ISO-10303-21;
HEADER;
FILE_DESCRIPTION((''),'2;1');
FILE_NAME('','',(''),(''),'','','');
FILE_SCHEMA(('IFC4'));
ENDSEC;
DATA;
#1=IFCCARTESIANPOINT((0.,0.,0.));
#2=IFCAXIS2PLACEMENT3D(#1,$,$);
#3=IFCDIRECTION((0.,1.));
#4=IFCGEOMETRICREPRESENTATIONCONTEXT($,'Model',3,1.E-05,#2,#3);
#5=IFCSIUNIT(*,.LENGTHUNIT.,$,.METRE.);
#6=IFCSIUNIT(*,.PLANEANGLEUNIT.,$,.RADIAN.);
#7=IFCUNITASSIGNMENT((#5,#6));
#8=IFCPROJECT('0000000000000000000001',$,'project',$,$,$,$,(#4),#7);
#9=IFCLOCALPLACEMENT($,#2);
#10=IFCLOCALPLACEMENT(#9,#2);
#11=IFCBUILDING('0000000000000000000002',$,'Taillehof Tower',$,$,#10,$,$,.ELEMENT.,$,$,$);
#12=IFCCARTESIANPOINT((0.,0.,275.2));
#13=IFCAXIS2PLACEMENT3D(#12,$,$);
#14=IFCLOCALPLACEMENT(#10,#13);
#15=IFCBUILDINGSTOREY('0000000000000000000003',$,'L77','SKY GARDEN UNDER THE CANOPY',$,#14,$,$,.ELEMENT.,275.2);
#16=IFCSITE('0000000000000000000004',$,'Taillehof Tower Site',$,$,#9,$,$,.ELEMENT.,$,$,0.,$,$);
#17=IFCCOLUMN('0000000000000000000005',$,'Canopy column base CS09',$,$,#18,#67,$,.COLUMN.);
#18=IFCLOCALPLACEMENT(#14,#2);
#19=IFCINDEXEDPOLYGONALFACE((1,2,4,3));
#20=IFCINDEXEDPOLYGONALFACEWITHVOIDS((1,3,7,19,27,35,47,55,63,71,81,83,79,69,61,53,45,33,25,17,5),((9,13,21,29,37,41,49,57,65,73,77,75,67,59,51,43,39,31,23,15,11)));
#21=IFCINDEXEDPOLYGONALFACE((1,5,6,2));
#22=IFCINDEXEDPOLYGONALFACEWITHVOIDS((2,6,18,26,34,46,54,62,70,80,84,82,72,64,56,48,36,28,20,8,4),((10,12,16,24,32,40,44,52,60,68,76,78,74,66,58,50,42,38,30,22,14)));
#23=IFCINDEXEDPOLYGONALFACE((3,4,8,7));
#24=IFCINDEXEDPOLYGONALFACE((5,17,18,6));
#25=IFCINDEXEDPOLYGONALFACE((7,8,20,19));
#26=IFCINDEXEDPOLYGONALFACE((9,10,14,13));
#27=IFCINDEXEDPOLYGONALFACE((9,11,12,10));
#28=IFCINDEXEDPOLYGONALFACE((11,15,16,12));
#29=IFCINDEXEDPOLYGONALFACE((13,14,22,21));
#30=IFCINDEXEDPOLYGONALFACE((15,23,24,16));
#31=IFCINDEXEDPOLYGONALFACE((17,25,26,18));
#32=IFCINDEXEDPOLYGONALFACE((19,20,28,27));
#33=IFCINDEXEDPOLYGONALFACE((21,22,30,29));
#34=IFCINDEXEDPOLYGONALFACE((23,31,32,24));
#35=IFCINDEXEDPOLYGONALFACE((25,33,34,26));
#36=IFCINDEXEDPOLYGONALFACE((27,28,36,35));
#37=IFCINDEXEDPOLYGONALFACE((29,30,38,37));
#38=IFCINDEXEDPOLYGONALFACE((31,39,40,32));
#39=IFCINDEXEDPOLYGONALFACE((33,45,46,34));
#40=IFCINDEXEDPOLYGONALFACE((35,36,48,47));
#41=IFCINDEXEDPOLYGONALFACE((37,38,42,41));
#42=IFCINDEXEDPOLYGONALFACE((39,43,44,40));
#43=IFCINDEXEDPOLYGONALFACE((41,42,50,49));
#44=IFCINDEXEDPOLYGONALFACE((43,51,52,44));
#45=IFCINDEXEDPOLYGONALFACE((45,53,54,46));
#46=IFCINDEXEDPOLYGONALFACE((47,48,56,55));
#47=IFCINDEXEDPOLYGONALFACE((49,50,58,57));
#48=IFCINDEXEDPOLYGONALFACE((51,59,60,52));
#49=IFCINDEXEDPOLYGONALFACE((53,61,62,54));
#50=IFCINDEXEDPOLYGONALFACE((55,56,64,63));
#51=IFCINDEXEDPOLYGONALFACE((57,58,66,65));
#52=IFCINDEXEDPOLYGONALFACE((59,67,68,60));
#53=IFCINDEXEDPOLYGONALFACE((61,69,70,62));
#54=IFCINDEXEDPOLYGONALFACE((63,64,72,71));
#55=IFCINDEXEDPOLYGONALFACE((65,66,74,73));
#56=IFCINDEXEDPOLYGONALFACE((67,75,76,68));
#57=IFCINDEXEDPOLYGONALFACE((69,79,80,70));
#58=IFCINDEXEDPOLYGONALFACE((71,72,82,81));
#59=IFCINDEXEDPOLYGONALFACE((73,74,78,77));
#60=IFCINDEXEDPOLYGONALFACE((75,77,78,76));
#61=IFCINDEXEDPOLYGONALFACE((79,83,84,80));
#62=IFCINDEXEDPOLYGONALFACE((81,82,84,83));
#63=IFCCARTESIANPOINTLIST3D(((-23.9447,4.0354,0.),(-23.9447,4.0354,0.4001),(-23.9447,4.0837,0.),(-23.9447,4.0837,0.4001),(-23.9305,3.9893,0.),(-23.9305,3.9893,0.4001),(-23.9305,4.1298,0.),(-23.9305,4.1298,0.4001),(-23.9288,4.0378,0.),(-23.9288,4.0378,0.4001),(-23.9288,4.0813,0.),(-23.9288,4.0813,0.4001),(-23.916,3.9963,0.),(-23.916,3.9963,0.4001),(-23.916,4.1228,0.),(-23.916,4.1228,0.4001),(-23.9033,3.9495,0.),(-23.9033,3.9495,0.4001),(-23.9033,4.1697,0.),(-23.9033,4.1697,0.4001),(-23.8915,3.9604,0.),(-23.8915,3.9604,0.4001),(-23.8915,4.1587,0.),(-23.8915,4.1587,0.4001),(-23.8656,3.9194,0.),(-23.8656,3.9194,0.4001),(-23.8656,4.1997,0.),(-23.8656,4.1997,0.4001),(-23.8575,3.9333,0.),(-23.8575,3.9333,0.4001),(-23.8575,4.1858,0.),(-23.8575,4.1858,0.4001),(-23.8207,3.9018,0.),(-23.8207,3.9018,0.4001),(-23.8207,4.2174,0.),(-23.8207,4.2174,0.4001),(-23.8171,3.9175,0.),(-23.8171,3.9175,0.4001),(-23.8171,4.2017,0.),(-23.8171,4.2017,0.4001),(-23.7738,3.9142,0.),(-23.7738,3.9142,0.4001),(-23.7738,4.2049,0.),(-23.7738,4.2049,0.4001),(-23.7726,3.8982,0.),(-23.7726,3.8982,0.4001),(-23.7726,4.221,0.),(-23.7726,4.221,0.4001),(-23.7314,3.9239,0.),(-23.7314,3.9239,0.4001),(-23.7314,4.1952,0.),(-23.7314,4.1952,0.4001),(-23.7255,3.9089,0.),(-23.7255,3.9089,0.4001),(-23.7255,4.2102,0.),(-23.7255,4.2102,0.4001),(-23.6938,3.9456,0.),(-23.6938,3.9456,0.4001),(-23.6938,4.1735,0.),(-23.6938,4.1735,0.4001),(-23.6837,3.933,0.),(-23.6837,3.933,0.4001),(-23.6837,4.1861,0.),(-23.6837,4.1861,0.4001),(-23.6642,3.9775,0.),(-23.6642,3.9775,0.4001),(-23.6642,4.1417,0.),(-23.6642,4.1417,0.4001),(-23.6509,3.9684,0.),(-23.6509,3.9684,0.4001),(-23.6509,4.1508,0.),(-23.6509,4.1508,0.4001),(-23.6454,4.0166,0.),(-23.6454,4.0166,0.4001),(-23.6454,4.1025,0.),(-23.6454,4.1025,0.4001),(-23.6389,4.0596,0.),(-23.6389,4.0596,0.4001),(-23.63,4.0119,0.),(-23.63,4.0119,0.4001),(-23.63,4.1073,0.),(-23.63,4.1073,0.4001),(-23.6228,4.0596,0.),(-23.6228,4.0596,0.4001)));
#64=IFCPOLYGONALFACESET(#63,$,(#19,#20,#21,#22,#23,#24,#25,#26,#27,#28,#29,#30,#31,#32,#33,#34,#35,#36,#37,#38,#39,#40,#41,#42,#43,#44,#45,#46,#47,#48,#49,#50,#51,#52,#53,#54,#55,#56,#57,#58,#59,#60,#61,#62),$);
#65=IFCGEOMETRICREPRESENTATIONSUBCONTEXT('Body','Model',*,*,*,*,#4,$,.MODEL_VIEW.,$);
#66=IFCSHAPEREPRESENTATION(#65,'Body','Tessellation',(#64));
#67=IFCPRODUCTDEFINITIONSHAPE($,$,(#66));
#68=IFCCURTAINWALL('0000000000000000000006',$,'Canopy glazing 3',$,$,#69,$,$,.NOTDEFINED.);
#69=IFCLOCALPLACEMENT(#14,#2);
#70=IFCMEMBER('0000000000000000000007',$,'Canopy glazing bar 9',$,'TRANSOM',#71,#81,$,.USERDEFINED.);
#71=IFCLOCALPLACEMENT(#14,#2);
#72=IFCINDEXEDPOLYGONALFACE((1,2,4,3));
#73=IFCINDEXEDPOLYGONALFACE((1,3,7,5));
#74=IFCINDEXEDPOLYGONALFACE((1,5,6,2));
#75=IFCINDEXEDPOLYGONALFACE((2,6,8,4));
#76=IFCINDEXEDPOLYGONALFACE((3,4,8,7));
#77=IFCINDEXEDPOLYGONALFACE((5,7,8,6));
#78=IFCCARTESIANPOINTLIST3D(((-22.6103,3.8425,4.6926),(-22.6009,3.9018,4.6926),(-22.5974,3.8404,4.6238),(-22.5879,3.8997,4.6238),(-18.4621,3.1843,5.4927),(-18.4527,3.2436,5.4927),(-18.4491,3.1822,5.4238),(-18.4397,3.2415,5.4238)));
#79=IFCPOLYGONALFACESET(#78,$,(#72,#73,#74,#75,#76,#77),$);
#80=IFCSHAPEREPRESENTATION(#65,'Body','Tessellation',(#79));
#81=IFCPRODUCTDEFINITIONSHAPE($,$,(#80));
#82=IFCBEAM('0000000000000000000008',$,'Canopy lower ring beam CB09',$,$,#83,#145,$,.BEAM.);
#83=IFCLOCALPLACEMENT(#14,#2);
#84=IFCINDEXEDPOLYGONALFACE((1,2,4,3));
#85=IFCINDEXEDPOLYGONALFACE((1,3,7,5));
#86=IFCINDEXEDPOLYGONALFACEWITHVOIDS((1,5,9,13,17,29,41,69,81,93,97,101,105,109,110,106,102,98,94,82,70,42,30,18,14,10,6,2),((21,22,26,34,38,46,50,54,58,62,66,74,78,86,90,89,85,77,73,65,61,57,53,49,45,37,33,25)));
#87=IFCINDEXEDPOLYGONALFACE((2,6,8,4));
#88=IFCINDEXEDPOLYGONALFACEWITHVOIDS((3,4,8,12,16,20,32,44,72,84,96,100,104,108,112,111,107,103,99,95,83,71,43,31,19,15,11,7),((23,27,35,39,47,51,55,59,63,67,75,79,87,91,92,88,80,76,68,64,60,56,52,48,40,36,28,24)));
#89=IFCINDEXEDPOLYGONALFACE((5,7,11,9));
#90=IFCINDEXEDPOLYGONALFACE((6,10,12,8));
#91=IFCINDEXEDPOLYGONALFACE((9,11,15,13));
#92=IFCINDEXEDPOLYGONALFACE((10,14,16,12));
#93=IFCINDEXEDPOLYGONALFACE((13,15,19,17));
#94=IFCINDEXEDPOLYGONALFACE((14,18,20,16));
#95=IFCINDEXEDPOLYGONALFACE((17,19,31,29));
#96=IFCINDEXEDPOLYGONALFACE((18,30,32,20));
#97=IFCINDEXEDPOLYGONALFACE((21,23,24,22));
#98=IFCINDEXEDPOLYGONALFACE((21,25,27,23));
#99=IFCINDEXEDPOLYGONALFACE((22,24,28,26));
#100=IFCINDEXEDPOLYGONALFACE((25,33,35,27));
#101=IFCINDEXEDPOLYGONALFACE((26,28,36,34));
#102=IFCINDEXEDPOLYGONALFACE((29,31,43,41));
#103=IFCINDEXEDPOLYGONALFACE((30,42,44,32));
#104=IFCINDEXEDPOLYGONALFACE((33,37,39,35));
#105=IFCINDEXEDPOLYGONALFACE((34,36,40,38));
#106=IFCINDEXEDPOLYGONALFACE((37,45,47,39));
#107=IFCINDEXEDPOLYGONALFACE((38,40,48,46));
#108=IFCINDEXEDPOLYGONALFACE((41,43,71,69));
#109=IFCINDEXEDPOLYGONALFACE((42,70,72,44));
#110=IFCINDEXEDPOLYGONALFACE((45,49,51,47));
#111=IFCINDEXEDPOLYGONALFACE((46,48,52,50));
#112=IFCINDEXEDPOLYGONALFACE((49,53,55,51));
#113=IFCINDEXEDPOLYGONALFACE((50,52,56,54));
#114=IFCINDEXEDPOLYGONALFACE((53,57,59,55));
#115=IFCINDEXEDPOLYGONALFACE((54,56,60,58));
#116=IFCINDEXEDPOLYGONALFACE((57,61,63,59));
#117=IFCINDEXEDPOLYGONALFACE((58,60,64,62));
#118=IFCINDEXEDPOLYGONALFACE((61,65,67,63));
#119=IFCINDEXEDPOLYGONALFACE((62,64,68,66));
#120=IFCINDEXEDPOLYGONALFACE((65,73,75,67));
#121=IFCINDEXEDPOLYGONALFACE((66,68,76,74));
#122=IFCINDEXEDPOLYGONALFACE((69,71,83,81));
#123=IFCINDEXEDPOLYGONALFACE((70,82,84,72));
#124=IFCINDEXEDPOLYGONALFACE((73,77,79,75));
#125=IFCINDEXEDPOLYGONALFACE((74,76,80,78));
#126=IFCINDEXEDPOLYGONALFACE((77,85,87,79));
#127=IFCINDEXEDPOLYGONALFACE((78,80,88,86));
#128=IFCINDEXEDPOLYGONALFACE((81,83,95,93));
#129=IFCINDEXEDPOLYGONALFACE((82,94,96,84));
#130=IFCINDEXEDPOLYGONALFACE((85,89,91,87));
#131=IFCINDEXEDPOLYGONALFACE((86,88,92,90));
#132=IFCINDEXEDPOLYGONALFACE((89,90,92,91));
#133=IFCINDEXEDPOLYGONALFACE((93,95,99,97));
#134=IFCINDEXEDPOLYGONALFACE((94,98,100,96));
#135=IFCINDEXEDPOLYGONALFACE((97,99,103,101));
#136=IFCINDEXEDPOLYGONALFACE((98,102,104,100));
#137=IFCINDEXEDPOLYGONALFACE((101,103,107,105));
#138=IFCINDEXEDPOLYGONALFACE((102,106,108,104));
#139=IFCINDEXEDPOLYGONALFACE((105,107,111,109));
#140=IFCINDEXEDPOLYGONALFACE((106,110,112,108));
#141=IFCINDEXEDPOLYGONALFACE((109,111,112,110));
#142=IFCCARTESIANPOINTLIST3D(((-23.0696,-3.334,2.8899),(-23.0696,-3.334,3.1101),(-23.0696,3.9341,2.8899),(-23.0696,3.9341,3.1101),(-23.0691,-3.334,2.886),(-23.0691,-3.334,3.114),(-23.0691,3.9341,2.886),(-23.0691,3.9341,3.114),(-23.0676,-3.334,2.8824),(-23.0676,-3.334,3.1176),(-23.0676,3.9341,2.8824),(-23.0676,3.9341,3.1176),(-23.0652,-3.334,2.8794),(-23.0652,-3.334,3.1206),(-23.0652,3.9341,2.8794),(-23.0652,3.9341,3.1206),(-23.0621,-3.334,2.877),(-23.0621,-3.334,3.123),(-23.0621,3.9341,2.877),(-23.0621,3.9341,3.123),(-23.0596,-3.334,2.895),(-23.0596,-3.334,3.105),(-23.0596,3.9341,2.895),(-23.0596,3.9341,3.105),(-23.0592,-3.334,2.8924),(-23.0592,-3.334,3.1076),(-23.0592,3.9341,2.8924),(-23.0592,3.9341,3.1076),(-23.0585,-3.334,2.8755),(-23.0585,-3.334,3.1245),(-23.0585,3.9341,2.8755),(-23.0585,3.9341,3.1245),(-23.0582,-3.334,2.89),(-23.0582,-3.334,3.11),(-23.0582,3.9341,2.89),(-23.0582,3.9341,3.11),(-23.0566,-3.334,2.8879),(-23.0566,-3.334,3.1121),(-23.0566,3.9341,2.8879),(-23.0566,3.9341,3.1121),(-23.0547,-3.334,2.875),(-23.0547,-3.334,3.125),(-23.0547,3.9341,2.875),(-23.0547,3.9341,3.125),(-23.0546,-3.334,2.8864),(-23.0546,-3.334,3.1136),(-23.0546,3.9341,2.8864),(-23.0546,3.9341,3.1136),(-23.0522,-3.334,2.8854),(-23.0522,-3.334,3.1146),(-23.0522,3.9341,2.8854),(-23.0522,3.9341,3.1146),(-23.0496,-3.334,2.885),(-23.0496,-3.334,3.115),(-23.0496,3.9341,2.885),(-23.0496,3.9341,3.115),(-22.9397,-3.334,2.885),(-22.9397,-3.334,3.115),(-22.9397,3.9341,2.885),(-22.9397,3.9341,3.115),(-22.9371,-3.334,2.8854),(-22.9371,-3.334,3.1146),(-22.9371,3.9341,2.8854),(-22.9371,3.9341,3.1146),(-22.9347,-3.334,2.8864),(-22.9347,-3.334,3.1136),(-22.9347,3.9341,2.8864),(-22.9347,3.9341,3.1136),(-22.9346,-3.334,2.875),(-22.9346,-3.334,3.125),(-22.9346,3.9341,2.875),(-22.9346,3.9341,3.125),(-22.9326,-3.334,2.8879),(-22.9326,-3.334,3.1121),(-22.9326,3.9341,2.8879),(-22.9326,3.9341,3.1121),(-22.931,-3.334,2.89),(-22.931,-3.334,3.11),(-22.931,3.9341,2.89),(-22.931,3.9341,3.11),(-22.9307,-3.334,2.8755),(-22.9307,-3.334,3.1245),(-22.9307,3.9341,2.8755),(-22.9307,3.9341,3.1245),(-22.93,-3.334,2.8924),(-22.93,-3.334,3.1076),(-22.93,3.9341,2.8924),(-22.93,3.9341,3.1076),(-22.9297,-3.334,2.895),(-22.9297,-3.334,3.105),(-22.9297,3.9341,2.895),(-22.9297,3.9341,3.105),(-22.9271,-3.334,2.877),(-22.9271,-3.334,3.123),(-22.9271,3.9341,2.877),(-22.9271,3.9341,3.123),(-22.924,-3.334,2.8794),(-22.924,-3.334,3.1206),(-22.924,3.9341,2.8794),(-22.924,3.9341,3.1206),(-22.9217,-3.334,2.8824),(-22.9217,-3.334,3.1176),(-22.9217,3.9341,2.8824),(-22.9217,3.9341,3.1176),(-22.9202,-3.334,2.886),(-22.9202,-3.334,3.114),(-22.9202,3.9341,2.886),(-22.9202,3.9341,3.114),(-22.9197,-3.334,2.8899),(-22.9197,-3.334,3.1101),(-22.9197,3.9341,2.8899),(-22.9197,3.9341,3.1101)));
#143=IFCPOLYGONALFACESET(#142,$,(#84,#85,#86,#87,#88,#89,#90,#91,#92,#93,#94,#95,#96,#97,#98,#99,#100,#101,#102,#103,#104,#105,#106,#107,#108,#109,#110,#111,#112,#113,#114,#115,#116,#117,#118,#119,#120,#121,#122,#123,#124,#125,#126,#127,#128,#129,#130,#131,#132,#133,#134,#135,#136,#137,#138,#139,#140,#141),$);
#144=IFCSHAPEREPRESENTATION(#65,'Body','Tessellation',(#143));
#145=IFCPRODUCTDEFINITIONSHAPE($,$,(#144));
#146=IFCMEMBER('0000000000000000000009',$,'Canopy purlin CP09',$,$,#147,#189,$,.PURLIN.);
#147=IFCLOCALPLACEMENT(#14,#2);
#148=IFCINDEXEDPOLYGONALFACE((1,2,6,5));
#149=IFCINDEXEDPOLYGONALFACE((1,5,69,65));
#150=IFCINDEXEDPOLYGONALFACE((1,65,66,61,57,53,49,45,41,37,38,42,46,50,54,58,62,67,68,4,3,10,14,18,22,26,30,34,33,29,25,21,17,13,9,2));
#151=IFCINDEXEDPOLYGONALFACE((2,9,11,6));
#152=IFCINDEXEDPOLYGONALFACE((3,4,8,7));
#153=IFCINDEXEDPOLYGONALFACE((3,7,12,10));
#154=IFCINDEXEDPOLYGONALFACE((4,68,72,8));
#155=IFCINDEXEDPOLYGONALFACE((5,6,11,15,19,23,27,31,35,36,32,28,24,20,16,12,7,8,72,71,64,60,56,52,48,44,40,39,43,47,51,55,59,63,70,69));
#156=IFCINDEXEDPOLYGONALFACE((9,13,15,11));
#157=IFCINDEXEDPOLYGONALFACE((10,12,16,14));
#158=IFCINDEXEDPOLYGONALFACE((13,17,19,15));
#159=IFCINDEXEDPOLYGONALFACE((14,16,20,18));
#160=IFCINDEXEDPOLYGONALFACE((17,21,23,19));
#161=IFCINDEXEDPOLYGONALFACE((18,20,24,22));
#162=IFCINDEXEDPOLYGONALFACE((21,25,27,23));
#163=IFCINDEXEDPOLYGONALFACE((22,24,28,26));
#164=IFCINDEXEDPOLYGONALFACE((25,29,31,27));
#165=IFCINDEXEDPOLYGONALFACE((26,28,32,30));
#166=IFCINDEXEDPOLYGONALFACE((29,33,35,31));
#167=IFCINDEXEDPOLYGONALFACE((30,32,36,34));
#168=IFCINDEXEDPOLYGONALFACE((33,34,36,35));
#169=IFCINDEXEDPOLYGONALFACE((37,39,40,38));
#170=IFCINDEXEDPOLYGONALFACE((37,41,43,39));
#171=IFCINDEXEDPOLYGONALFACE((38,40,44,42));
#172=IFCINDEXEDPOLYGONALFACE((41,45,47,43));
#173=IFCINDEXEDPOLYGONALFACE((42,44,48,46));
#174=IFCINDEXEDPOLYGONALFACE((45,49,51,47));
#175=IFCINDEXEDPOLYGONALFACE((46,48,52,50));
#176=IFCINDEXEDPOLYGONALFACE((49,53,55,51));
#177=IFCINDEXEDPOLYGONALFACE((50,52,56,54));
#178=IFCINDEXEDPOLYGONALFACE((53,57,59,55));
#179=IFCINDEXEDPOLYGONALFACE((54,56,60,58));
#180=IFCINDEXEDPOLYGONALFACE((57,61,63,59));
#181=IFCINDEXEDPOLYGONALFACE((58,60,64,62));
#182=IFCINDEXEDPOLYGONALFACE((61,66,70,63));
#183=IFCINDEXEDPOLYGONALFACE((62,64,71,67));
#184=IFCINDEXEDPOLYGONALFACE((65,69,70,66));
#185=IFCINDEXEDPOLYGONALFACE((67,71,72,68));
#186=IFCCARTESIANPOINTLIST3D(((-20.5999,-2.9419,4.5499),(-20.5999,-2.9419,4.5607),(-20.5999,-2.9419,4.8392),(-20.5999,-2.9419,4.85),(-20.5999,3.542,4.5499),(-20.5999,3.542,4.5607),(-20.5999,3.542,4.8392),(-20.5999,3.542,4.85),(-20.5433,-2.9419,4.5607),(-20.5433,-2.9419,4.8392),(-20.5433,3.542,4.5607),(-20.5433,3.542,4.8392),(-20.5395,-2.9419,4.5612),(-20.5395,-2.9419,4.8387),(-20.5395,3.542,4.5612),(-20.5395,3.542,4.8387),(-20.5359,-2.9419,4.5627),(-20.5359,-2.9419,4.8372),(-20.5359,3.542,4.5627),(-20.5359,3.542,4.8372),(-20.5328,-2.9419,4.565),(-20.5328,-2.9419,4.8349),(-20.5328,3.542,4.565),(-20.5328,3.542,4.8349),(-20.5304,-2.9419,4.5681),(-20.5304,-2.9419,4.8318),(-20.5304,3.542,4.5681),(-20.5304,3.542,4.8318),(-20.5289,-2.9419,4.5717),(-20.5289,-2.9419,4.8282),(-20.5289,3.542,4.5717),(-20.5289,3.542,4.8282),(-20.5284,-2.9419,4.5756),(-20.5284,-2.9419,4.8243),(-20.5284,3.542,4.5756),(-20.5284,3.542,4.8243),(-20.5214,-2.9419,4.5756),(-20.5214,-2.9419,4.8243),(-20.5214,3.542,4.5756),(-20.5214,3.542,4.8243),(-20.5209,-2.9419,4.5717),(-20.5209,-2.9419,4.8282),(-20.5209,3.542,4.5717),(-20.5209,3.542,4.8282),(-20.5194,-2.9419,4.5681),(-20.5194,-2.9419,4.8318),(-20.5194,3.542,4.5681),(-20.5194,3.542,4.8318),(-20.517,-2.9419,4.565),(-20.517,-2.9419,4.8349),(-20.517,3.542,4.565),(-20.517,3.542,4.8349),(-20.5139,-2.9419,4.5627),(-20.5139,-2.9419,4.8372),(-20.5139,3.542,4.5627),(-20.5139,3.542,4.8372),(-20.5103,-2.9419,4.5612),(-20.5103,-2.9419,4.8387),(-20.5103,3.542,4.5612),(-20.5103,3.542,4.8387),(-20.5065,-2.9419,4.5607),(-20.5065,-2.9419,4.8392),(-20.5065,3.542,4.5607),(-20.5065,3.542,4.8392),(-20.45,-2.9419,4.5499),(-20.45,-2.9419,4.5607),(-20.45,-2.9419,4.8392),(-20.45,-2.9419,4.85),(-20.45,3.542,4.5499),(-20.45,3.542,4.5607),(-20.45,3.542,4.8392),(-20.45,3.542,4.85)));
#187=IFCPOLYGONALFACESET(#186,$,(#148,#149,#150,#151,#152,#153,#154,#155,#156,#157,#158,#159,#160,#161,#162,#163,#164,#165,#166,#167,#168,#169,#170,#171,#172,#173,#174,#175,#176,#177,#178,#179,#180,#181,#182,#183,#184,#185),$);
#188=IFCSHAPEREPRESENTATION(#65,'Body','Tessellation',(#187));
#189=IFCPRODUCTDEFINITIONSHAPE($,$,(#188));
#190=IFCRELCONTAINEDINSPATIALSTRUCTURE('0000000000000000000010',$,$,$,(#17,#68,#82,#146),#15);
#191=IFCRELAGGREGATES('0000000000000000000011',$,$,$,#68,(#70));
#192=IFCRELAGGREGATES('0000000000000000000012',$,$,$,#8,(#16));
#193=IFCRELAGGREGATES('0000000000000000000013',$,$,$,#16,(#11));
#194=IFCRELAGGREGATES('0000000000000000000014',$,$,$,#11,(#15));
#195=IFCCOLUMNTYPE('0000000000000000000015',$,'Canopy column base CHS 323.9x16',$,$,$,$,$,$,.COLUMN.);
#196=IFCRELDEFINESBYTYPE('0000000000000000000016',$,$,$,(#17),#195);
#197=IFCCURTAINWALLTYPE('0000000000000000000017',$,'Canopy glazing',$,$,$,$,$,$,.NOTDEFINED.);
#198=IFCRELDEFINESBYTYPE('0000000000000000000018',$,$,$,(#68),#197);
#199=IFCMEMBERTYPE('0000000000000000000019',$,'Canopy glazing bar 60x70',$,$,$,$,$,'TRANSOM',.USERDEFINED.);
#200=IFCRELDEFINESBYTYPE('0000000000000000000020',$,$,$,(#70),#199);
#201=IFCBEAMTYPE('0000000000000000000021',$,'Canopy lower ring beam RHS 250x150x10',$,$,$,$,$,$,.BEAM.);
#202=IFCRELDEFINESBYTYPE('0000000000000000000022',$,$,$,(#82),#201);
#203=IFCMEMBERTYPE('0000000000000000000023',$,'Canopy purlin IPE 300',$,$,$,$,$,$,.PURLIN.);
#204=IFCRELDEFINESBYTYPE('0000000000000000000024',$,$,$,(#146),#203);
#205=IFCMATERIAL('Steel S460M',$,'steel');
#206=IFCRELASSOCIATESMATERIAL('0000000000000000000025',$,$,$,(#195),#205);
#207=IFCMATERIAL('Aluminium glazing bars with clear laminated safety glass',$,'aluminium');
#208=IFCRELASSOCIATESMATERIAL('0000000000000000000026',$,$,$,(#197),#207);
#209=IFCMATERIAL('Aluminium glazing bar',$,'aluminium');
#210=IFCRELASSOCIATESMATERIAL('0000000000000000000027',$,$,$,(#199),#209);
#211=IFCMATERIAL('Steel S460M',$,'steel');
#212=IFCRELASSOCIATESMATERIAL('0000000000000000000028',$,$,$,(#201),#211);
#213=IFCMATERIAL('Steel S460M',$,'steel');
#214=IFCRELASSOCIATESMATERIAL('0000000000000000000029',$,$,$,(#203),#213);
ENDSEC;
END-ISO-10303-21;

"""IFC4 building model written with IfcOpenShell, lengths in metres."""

from ifc_helpers import new_model, si_unit, direction, frame, origin, origin_2d, place, context, subcontext, project, spatial, rectangle, hollow_rectangle, hollow_circle, i_section, extrude, material, material_profile, profile_set, type_object, element, aggregate, save


model = new_model("IFC4")

# Units and contexts
model_context = context("Model", 3, precision=1e-05, world=origin(), true_north=direction((0.0, 1.0)))
body_context = subcontext(model_context, "Body", "Model", "MODEL_VIEW")
ifc_project = project(units=[si_unit("LENGTHUNIT", "METRE"), si_unit("PLANEANGLEUNIT", "RADIAN")], contexts=[model_context])

# Site, building, storey
site_placement = place(None, origin())
site = spatial("IfcSite", under=ifc_project, at=site_placement, Name="Taillehof Tower Site", CompositionType="ELEMENT", RefElevation=0.0)
building_placement = place(site_placement, origin())
building = spatial("IfcBuilding", under=site, at=building_placement, Name="Taillehof Tower", CompositionType="ELEMENT")
storey_placement = place(building_placement, frame((0.0, 0.0, 275.2)))
storey = spatial("IfcBuildingStorey", under=building, at=storey_placement, Name="L77", Description="SKY GARDEN UNDER THE CANOPY", CompositionType="ELEMENT", Elevation=275.2)

# Column
ifc_material_1 = material(Name="Steel S460M", Category="steel")
ifc_material_profile_1 = material_profile(ifc_material_1, hollow_circle(Radius=0.1619, WallThickness=0.0161, at=origin_2d()), Name="CHS 323.9x16")
ifc_profile_set_1 = profile_set([ifc_material_profile_1], Name="Steel S460M")
column_type = type_object("IfcColumnType", Name="Canopy column base CHS 323.9x16", PredefinedType="COLUMN", material=ifc_profile_set_1)
column_placement = place(storey_placement, frame((-23.7847, 4.0596, 0.0), z_axis=(0.0, 0.0, 1.0), x_axis=(1.0, 0.0, 0.0)))
element("IfcColumn", 1, at=column_placement, inside=storey, type_object=column_type, Name="Canopy column base CS09", PredefinedType="COLUMN", context=body_context, shape_type="SweptSolid", body=[
    extrude(hollow_circle(Radius=0.1619, WallThickness=0.0161, at=origin_2d()), origin(), (0.0, 0.0, 1.0), 0.4001),
])

# Curtain wall, member
ifc_material_2 = material(Name="Aluminium glazing bars with clear laminated safety glass", Category="aluminium")
curtain_wall_type = type_object("IfcCurtainWallType", Name="Canopy glazing", PredefinedType="NOTDEFINED", material=ifc_material_2)
curtain_wall_placement = place(storey_placement, origin())
curtain_wall = element("IfcCurtainWall", 2, at=curtain_wall_placement, inside=storey, type_object=curtain_wall_type, Name="Canopy glazing 3", PredefinedType="NOTDEFINED")
ifc_material_3 = material(Name="Aluminium glazing bar", Category="aluminium")
ifc_material_profile_2 = material_profile(ifc_material_3, rectangle(XDim=0.0601, YDim=0.0701, at=origin_2d()), Name="AL 60x70")
ifc_profile_set_2 = profile_set([ifc_material_profile_2], Name="Aluminium glazing bar")
member_type_1 = type_object("IfcMemberType", Name="Canopy glazing bar 60x70", ElementType="TRANSOM", PredefinedType="USERDEFINED", material=ifc_profile_set_2)
member_1_placement = place(storey_placement, frame((-22.5991, 3.8711, 4.6582), z_axis=(0.9702, -0.153944, 0.187119), x_axis=(0.156712, 0.987644, 0.0)))
member_1 = element("IfcMember", 3, at=member_1_placement, type_object=member_type_1, Name="Canopy glazing bar 9", ObjectType="TRANSOM", PredefinedType="USERDEFINED", context=body_context, shape_type="SweptSolid", body=[
    extrude(rectangle(XDim=0.0601, YDim=0.0701, at=origin_2d()), origin(), (0.0, 0.0, 1.0), 4.2756),
])
aggregate(curtain_wall, [member_1])

# Beam
ifc_material_4 = material(Name="Steel S460M", Category="steel")
ifc_material_profile_3 = material_profile(ifc_material_4, hollow_rectangle(XDim=0.1499, YDim=0.25, WallThickness=0.01, InnerFilletRadius=0.01, OuterFilletRadius=0.0149, at=origin_2d()), Name="RHS 250x150x10")
ifc_profile_set_3 = profile_set([ifc_material_profile_3], Name="Steel S460M")
beam_type_1 = type_object("IfcBeamType", Name="Canopy lower ring beam RHS 250x150x10", PredefinedType="BEAM", material=ifc_profile_set_3)
beam_1_placement = place(storey_placement, frame((-22.9946, 3.9341, 3.0), z_axis=(0.0, -1.0, 0.0), x_axis=(1.0, 0.0, 0.0)))
element("IfcBeam", 4, at=beam_1_placement, inside=storey, type_object=beam_type_1, Name="Canopy lower ring beam CB09", PredefinedType="BEAM", context=body_context, shape_type="SweptSolid", body=[
    extrude(hollow_rectangle(XDim=0.1499, YDim=0.25, WallThickness=0.01, InnerFilletRadius=0.01, OuterFilletRadius=0.0149, at=origin_2d()), origin(), (0.0, 0.0, 1.0), 7.2681),
])

# Member
ifc_material_5 = material(Name="Steel S460M", Category="steel")
ifc_material_profile_4 = material_profile(ifc_material_5, i_section(OverallWidth=0.1499, OverallDepth=0.3, WebThickness=0.0071, FlangeThickness=0.0107, FilletRadius=0.0149, at=origin_2d()), Name="IPE 300")
ifc_profile_set_4 = profile_set([ifc_material_profile_4], Name="Steel S460M")
member_type_2 = type_object("IfcMemberType", Name="Canopy purlin IPE 300", PredefinedType="PURLIN", material=ifc_profile_set_4)
member_2_placement = place(storey_placement, frame((-20.5249, 3.542, 4.7), z_axis=(0.0, -1.0, 0.0), x_axis=(1.0, 0.0, 0.0)))
element("IfcMember", 5, at=member_2_placement, inside=storey, type_object=member_type_2, Name="Canopy purlin CP09", PredefinedType="PURLIN", context=body_context, shape_type="SweptSolid", body=[
    extrude(i_section(OverallWidth=0.1499, OverallDepth=0.3, WebThickness=0.0071, FlangeThickness=0.0107, FilletRadius=0.0149, at=origin_2d()), origin(), (0.0, 0.0, 1.0), 6.4839),
])

save(model, "model.ifc")
